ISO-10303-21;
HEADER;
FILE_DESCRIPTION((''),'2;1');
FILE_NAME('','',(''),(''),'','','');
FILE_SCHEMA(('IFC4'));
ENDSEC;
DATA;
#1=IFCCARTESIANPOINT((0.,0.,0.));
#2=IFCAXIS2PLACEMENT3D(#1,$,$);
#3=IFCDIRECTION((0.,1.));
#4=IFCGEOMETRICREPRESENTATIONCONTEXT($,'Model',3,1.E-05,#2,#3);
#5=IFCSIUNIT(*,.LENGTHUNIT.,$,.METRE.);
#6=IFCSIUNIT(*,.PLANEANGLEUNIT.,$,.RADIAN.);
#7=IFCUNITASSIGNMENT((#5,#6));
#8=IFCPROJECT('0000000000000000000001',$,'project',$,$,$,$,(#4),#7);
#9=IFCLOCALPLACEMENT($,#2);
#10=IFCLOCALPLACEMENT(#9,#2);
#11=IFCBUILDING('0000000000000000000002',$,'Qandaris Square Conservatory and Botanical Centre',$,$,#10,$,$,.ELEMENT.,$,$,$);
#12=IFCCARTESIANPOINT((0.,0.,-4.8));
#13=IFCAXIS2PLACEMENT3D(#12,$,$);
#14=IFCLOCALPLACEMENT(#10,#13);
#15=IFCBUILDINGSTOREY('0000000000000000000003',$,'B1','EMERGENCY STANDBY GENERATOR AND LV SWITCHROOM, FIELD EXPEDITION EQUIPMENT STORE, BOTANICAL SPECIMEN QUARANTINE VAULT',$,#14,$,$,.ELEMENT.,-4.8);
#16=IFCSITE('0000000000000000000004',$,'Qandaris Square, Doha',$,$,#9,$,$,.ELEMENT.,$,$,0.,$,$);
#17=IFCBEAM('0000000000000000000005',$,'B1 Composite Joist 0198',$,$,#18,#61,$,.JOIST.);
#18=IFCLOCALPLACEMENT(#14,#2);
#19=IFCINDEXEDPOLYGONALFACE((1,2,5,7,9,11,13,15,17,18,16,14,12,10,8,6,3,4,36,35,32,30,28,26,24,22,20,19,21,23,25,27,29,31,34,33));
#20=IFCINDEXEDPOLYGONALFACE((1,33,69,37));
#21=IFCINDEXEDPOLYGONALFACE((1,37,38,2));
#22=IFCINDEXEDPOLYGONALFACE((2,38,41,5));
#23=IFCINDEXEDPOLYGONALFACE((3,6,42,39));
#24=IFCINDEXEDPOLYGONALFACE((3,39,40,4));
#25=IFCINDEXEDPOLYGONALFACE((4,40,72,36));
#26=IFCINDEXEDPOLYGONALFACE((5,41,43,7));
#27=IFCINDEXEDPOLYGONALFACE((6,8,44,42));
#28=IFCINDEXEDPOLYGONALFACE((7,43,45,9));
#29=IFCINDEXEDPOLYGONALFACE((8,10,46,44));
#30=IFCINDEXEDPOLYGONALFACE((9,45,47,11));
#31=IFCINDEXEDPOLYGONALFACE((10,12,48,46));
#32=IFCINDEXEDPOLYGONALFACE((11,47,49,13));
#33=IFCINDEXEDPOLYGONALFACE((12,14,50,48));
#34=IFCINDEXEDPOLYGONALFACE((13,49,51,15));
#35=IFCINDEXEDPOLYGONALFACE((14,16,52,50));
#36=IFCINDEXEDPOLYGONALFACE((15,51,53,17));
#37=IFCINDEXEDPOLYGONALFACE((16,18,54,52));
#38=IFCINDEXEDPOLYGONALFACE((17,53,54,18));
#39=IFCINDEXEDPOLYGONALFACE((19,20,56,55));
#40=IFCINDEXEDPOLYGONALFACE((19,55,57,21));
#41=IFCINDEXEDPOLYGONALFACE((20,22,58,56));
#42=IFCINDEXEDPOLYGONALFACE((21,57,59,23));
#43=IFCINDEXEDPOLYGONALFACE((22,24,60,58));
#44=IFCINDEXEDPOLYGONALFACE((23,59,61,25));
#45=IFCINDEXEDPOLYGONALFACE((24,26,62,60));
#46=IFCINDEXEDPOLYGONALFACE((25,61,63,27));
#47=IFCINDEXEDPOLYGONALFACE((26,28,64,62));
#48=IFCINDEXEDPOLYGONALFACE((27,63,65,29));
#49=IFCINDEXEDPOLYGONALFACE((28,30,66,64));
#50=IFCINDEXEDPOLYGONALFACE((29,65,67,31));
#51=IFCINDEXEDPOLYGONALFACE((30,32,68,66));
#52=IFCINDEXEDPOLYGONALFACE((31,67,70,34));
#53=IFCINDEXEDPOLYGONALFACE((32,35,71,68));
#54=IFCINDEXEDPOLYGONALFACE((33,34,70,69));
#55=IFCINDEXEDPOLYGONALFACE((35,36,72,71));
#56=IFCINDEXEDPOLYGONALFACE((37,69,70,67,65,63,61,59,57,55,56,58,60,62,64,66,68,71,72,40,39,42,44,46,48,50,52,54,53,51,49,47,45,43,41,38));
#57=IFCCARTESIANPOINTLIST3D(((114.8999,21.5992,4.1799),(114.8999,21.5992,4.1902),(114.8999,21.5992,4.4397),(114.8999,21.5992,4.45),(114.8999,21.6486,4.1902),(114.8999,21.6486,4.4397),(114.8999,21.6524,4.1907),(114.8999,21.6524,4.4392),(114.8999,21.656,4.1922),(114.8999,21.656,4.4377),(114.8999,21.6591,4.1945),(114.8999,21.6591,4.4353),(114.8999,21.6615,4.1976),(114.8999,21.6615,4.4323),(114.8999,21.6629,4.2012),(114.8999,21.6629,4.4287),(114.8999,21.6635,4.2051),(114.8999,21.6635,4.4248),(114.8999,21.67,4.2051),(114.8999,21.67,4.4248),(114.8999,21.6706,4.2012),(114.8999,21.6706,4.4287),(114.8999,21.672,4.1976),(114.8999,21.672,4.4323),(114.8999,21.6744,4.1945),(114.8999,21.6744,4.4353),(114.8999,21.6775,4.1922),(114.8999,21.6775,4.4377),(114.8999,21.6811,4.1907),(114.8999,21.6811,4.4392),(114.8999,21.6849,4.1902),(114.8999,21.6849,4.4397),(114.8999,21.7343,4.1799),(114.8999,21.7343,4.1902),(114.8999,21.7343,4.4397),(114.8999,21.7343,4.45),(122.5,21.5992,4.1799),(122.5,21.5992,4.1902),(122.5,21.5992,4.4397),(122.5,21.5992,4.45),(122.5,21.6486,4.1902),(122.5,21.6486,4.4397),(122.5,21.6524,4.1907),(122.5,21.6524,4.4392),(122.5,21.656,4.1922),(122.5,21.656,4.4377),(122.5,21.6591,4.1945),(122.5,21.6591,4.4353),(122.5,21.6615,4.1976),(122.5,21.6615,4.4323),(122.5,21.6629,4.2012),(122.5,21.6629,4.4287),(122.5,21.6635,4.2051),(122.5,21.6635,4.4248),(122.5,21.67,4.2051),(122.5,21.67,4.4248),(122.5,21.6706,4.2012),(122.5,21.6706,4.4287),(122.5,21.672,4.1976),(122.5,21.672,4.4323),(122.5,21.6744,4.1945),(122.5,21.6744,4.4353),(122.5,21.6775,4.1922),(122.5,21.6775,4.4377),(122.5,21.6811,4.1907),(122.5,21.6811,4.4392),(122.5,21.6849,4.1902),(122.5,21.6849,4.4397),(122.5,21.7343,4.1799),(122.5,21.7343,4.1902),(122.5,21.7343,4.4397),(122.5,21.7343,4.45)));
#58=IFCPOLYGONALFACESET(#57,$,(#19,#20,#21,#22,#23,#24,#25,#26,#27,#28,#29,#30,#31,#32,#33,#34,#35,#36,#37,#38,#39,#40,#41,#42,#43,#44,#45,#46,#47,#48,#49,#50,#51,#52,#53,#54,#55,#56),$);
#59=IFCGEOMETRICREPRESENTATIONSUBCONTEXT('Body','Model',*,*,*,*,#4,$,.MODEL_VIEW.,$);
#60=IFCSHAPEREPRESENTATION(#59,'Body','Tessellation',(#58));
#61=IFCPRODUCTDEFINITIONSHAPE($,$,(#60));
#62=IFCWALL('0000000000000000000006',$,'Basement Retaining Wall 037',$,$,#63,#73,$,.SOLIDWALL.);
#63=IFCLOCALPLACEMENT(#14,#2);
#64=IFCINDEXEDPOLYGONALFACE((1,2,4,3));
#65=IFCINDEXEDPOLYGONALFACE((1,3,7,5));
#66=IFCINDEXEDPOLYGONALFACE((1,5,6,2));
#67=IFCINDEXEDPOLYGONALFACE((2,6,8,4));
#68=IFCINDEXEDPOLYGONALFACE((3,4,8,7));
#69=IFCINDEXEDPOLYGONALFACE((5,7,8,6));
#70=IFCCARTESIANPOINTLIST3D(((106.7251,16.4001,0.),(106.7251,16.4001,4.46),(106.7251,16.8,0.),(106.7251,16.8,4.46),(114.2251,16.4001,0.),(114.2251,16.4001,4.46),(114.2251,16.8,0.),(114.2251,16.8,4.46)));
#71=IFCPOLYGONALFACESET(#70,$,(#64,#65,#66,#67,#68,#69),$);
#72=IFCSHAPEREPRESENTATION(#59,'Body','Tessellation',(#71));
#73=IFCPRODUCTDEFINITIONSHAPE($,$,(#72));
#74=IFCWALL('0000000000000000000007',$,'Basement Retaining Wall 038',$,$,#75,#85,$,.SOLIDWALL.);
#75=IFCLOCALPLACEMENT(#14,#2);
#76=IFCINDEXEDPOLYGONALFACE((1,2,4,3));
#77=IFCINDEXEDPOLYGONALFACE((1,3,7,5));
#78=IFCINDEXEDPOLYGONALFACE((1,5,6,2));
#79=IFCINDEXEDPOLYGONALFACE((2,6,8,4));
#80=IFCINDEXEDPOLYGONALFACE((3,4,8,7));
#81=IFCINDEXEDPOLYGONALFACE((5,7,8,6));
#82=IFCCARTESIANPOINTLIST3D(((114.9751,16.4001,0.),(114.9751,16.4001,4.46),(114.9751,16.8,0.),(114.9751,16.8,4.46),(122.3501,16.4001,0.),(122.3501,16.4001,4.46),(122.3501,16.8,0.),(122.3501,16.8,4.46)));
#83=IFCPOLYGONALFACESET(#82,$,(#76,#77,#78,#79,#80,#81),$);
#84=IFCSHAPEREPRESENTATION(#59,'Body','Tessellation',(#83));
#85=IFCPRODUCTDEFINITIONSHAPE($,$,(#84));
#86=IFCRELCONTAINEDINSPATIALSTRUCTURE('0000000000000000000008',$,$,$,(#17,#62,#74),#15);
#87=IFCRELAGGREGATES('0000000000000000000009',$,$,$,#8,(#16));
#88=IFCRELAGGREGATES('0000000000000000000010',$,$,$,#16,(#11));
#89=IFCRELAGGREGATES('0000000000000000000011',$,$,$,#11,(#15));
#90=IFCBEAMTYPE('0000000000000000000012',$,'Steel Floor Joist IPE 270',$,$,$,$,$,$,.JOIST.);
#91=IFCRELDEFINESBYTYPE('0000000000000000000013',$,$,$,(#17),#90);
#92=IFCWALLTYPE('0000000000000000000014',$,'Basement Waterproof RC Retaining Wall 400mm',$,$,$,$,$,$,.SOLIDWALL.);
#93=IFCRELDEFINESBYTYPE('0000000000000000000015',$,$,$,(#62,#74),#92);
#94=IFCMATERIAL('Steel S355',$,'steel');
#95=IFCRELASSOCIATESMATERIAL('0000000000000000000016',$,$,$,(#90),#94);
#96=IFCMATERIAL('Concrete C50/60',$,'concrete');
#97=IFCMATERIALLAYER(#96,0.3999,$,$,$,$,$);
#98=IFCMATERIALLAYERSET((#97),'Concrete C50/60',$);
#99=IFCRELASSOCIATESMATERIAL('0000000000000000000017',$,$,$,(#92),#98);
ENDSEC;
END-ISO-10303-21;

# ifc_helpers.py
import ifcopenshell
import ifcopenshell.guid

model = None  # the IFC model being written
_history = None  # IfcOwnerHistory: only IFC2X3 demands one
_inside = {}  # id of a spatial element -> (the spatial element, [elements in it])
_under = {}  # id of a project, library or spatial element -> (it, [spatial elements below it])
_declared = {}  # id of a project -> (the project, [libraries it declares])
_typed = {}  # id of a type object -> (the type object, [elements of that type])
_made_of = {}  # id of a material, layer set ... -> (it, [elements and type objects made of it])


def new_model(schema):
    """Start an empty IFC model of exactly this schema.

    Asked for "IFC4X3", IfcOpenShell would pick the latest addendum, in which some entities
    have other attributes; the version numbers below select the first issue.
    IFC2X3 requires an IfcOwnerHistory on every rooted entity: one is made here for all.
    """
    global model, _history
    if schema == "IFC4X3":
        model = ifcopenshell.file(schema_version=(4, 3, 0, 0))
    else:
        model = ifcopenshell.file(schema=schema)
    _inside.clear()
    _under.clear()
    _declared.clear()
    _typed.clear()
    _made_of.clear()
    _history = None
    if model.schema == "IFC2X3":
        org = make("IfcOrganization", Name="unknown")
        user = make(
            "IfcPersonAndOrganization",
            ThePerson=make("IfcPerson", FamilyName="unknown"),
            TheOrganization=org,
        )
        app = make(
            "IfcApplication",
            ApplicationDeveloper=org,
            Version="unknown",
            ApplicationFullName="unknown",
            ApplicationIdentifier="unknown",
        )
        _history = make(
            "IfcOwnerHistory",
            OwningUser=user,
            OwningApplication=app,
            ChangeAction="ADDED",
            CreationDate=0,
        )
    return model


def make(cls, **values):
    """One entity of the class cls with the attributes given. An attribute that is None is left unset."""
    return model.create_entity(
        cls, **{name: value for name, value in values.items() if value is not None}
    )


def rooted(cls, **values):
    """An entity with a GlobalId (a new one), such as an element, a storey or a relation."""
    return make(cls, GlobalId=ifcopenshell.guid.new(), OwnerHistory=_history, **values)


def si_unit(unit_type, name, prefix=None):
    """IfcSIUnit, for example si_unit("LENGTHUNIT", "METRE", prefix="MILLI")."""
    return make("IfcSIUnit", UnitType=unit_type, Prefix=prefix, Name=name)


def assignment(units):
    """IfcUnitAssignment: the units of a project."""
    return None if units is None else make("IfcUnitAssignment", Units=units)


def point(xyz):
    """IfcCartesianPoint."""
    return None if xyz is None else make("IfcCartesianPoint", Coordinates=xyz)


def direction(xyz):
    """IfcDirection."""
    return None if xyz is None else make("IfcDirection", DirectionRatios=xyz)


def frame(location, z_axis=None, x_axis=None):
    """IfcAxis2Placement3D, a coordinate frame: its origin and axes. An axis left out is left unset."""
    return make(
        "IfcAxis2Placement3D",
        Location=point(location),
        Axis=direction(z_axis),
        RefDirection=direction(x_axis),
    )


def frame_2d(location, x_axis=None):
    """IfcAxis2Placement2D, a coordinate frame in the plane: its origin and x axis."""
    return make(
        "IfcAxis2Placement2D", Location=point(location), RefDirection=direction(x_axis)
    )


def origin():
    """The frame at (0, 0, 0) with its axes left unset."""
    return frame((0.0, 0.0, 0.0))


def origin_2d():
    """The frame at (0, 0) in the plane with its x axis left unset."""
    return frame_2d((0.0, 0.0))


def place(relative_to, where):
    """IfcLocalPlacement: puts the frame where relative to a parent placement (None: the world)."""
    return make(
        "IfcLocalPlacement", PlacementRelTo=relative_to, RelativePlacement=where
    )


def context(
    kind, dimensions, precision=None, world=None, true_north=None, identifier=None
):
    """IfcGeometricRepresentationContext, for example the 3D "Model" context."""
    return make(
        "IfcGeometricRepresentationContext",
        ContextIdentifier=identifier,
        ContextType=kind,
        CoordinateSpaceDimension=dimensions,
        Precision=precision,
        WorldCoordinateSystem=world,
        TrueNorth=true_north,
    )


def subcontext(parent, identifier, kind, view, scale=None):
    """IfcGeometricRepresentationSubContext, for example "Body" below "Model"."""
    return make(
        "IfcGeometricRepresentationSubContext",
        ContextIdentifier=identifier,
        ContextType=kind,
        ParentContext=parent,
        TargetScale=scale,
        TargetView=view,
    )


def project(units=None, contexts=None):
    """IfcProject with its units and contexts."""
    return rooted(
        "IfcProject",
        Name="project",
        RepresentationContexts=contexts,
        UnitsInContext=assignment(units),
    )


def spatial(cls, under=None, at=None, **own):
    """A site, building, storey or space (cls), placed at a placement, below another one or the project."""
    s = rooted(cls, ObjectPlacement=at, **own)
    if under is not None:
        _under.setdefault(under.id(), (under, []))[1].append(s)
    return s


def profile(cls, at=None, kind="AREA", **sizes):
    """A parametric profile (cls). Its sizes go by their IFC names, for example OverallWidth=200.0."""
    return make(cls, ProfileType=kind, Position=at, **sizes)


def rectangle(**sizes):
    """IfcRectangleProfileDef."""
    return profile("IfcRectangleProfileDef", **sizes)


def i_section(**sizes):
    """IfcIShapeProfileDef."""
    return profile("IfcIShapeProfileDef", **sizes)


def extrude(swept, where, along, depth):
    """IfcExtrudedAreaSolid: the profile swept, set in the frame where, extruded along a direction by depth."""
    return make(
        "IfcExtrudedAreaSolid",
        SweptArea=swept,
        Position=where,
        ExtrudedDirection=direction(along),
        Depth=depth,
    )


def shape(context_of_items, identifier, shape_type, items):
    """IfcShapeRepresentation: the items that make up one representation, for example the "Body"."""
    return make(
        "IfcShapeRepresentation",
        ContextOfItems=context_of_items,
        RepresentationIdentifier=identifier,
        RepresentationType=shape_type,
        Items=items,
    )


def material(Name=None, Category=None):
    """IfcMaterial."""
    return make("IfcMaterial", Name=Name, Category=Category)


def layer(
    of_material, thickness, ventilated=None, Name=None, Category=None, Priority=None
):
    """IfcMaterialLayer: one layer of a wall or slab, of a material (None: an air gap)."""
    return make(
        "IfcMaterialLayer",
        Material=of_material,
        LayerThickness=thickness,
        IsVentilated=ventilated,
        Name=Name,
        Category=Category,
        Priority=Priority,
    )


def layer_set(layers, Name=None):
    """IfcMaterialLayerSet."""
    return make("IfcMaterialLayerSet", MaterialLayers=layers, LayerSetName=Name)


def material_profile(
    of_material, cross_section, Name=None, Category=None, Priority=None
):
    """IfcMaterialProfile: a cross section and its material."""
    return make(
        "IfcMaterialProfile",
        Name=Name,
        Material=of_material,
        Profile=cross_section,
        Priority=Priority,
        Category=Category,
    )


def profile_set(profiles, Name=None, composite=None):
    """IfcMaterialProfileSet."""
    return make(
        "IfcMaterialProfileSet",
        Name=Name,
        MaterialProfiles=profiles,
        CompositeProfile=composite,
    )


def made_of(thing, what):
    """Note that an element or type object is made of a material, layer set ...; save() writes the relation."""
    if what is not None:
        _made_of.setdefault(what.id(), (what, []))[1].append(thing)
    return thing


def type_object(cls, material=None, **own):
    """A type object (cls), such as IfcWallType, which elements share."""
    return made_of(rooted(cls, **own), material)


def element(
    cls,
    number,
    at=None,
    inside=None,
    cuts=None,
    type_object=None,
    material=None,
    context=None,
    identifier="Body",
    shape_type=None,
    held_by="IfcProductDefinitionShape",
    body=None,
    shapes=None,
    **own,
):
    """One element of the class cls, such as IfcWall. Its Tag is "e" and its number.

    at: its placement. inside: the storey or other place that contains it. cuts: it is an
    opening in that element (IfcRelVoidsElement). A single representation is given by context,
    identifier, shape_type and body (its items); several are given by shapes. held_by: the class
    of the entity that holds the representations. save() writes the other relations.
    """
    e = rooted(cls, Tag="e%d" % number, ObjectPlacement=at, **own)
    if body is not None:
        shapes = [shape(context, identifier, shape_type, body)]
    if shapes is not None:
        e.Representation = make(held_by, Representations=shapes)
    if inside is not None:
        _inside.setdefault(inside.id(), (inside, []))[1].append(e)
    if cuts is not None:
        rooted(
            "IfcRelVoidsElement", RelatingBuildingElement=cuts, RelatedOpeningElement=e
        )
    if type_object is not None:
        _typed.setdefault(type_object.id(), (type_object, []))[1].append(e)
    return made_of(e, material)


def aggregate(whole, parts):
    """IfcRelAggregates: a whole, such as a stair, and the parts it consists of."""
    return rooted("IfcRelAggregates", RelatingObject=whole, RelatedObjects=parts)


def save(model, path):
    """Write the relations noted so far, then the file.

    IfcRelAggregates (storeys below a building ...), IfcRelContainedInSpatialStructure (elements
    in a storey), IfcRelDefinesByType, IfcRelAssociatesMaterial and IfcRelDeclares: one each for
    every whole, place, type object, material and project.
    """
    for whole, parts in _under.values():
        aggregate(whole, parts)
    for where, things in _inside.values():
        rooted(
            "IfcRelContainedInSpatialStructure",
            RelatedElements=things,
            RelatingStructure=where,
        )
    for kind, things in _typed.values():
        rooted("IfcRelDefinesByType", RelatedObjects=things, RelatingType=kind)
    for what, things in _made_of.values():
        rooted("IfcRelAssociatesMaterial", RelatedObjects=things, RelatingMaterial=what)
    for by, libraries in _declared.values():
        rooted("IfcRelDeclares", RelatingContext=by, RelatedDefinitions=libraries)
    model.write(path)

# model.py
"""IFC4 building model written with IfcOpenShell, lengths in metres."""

from ifc_helpers import new_model, si_unit, direction, frame, frame_2d, origin, origin_2d, place, context, subcontext, project, spatial, rectangle, i_section, extrude, material, layer, layer_set, material_profile, profile_set, type_object, element, save


model = new_model("IFC4")

# Units and contexts
model_context = context("Model", 3, precision=1e-05, world=origin(), true_north=direction((0.0, 1.0)))
body_context = subcontext(model_context, "Body", "Model", "MODEL_VIEW")
ifc_project = project(units=[si_unit("LENGTHUNIT", "METRE"), si_unit("PLANEANGLEUNIT", "RADIAN")], contexts=[model_context])

# Site, building, storey
site_placement = place(None, origin())
site = spatial("IfcSite", under=ifc_project, at=site_placement, Name="Qandaris Square, Doha", CompositionType="ELEMENT", RefElevation=0.0)
building_placement = place(site_placement, origin())
building = spatial("IfcBuilding", under=site, at=building_placement, Name="Qandaris Square Conservatory and Botanical Centre", CompositionType="ELEMENT")
storey_placement = place(building_placement, frame((0.0, 0.0, -4.8)))
storey = spatial("IfcBuildingStorey", under=building, at=storey_placement, Name="B1", Description="EMERGENCY STANDBY GENERATOR AND LV SWITCHROOM, FIELD EXPEDITION EQUIPMENT STORE, BOTANICAL SPECIMEN QUARANTINE VAULT", CompositionType="ELEMENT", Elevation=-4.8)

# Shared definitions
ifc_material_1 = material(Name="Concrete C50/60", Category="concrete")

# Beam
ifc_material_2 = material(Name="Steel S355", Category="steel")
ifc_material_profile_1 = material_profile(ifc_material_2, i_section(OverallWidth=0.135, OverallDepth=0.27, WebThickness=0.0066, FlangeThickness=0.0103, FilletRadius=0.0149, at=origin_2d()), Name="IPE 270")
ifc_profile_set_1 = profile_set([ifc_material_profile_1], Name="Steel S355")
beam_type_1 = type_object("IfcBeamType", Name="Steel Floor Joist IPE 270", PredefinedType="JOIST", material=ifc_profile_set_1)
beam_1_placement = place(storey_placement, frame((114.8999, 21.6667, 4.3149), z_axis=(1.0, 0.0, 0.0), x_axis=(0.0, 1.0, 0.0)))
element("IfcBeam", 1, at=beam_1_placement, inside=storey, type_object=beam_type_1, Name="B1 Composite Joist 0198", PredefinedType="JOIST", context=body_context, shape_type="SweptSolid", body=[
    extrude(i_section(OverallWidth=0.135, OverallDepth=0.27, WebThickness=0.0066, FlangeThickness=0.0103, FilletRadius=0.0149, at=origin_2d()), origin(), (0.0, 0.0, 1.0), 7.6001),
])

# Walls
ifc_layer = layer(ifc_material_1, 0.3999)
ifc_layer_set = layer_set([ifc_layer], Name="Concrete C50/60")
wall_type = type_object("IfcWallType", Name="Basement Waterproof RC Retaining Wall 400mm", PredefinedType="SOLIDWALL", material=ifc_layer_set)
wall_1_placement = place(storey_placement, frame((106.7251, 16.6001, 0.0), z_axis=(0.0, 0.0, 1.0), x_axis=(1.0, 0.0, 0.0)))
element("IfcWall", 2, at=wall_1_placement, inside=storey, type_object=wall_type, Name="Basement Retaining Wall 037", PredefinedType="SOLIDWALL", context=body_context, shape_type="SweptSolid", body=[
    extrude(rectangle(XDim=7.5, YDim=0.3999, at=frame_2d((3.75, 0.0))), origin(), (0.0, 0.0, 1.0), 4.46),
])
wall_2_placement = place(storey_placement, frame((114.9751, 16.6001, 0.0), z_axis=(0.0, 0.0, 1.0), x_axis=(1.0, 0.0, 0.0)))
element("IfcWall", 3, at=wall_2_placement, inside=storey, type_object=wall_type, Name="Basement Retaining Wall 038", PredefinedType="SOLIDWALL", context=body_context, shape_type="SweptSolid", body=[
    extrude(rectangle(XDim=7.375, YDim=0.3999, at=frame_2d((3.6875, 0.0))), origin(), (0.0, 0.0, 1.0), 4.46),
])

save(model, "model.ifc")
